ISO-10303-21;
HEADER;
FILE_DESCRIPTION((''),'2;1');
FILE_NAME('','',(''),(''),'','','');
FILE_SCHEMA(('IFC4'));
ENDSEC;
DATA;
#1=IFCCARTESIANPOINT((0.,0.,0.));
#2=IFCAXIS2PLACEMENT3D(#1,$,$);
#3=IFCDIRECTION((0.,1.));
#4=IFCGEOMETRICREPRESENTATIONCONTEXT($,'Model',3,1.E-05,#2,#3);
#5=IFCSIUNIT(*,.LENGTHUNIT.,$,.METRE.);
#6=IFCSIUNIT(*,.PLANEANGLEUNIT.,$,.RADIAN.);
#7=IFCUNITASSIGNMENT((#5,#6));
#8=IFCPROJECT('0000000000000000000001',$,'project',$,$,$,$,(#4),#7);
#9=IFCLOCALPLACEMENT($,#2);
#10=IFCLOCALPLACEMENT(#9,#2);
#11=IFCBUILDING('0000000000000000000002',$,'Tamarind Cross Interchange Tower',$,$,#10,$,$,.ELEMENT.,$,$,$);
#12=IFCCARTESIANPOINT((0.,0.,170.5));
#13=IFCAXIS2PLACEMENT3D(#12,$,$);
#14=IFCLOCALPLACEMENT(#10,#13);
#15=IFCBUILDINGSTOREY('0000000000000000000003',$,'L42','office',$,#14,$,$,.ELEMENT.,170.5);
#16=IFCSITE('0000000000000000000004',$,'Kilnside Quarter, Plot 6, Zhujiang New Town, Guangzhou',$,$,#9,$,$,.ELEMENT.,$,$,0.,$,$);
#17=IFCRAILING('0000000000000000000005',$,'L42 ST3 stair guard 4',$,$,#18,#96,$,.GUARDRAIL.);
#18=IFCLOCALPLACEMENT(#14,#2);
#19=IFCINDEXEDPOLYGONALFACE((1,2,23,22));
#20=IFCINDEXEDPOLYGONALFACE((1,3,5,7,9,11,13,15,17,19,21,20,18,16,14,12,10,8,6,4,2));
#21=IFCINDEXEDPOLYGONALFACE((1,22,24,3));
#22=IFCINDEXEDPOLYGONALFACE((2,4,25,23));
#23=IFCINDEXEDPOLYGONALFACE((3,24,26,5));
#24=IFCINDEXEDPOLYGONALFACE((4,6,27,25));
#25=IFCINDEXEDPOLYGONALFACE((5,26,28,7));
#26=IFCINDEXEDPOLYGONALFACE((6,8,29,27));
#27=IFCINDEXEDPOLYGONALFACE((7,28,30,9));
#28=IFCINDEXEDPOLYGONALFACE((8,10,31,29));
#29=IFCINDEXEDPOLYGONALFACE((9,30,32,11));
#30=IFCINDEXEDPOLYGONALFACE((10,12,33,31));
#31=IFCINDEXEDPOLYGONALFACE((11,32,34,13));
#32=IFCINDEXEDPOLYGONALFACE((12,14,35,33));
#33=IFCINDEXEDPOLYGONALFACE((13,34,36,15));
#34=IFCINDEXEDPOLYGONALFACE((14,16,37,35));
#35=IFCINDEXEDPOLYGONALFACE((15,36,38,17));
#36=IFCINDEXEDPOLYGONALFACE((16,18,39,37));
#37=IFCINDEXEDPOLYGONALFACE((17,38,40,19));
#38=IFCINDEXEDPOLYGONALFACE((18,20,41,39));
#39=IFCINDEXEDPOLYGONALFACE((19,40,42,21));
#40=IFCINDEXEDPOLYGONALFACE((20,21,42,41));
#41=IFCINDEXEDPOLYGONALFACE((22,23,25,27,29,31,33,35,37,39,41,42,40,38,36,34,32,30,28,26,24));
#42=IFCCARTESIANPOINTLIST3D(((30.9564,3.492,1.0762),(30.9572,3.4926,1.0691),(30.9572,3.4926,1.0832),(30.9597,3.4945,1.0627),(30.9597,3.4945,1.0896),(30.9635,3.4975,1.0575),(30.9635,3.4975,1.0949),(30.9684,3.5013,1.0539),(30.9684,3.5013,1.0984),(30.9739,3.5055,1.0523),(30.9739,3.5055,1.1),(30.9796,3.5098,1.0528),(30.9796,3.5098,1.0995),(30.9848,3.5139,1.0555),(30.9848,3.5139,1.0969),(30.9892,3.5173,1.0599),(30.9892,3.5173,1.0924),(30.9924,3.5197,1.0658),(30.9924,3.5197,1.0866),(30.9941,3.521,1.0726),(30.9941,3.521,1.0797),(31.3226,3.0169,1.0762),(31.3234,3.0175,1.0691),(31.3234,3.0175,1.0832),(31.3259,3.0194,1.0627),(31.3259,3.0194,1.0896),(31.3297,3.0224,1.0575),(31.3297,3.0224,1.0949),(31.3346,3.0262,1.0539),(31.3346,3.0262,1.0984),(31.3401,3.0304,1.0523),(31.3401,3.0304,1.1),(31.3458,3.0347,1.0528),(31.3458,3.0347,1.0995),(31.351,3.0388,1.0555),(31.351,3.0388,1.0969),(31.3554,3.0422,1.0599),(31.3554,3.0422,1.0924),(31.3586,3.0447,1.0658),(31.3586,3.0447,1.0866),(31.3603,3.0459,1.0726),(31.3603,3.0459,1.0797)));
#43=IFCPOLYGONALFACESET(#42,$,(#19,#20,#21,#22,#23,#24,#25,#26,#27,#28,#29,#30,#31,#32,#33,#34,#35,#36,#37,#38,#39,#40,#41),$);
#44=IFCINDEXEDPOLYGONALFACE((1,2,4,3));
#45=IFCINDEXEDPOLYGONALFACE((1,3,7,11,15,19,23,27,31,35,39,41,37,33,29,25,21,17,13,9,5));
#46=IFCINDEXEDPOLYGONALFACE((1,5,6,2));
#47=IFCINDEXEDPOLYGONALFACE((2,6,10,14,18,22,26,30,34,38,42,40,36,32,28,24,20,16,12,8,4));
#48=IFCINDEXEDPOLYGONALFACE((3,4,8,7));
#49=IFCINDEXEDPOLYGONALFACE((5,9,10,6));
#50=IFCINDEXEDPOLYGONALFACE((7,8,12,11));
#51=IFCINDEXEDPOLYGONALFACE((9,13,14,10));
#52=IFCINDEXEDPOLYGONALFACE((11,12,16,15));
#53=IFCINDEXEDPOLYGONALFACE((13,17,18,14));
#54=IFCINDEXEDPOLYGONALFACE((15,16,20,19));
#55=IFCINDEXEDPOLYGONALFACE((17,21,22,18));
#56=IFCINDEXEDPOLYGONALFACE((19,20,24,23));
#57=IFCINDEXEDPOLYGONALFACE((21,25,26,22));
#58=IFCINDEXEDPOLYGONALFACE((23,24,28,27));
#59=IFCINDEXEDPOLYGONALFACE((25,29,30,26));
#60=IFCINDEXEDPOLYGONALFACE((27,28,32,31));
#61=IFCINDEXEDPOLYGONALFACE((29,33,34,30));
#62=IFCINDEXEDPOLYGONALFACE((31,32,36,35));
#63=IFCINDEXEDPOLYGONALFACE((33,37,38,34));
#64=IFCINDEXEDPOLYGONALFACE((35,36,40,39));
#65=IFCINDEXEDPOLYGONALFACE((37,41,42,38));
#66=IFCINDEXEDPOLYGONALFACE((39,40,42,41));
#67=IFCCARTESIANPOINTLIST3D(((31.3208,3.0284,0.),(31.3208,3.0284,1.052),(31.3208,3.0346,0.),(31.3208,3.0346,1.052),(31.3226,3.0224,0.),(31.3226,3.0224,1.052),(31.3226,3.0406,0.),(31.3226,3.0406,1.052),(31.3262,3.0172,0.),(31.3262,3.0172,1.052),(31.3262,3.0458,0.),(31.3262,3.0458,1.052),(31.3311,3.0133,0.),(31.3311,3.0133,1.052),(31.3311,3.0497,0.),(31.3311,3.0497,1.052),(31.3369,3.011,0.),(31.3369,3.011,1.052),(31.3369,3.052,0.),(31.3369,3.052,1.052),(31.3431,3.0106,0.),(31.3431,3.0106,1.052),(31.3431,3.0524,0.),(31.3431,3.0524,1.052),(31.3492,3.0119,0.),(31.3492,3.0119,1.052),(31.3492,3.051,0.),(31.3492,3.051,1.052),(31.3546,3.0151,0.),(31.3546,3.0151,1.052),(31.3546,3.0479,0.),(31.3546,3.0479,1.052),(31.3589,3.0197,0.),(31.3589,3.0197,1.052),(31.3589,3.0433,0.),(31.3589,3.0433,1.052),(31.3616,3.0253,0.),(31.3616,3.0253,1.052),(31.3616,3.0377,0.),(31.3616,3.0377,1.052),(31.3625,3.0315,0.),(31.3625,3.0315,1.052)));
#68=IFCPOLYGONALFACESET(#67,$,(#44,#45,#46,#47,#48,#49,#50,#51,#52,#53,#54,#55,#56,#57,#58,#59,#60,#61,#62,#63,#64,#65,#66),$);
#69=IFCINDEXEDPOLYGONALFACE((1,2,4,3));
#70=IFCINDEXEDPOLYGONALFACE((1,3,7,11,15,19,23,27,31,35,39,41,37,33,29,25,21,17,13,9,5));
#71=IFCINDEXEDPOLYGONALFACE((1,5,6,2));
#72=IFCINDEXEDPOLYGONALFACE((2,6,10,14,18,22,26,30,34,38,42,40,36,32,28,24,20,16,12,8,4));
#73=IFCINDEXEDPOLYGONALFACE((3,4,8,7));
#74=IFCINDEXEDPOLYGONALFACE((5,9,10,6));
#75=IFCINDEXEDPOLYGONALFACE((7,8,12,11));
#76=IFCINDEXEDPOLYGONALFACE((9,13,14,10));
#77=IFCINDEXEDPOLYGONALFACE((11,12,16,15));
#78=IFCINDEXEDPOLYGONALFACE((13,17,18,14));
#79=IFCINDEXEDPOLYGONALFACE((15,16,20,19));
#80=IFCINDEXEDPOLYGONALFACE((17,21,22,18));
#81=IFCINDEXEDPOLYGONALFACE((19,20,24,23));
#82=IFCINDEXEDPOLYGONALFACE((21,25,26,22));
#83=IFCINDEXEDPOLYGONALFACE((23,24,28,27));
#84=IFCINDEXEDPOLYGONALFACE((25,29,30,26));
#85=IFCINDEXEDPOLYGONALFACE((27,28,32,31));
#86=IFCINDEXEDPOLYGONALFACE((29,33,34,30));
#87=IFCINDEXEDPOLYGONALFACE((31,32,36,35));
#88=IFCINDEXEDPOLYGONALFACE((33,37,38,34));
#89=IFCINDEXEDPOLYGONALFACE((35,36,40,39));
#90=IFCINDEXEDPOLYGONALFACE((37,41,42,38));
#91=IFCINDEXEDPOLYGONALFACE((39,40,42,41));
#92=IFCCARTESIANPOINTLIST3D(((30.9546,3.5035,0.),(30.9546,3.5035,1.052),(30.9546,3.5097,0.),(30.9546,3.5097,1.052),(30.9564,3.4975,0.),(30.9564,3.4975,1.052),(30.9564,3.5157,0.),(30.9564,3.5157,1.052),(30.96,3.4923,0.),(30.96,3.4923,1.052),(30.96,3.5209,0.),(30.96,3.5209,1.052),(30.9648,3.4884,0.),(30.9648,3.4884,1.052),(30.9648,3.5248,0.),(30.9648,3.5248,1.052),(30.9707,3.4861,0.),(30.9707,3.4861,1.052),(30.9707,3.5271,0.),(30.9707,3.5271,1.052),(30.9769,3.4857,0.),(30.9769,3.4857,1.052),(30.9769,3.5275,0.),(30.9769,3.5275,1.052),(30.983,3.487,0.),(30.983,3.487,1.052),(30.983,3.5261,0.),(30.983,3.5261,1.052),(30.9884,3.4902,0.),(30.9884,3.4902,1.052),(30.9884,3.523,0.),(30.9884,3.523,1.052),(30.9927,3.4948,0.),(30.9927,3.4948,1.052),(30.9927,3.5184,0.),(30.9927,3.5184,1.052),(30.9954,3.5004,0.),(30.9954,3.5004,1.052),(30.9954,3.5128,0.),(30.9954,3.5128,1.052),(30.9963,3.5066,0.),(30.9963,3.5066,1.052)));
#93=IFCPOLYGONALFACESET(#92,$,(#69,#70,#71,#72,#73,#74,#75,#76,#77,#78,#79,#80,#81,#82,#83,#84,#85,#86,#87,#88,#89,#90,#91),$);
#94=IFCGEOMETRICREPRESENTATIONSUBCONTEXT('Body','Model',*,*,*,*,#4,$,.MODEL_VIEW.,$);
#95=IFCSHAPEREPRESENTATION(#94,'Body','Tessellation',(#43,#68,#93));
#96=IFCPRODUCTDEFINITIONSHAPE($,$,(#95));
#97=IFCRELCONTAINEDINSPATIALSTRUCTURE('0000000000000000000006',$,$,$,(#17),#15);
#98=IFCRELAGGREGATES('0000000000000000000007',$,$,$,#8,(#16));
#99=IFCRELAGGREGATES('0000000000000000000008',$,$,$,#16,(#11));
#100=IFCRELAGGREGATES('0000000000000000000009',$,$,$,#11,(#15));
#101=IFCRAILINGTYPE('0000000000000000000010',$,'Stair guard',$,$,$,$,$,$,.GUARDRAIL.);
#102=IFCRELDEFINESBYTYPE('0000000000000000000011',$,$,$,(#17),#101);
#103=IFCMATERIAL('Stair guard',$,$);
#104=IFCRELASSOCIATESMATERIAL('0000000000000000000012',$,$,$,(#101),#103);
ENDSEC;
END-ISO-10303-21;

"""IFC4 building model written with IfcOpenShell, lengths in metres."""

from ifc_helpers import new_model, si_unit, direction, frame, origin, origin_2d, place, context, subcontext, project, spatial, circle, extrude, material, type_object, element, save


model = new_model("IFC4")

# Units and contexts
model_context = context("Model", 3, precision=1e-05, world=origin(), true_north=direction((0.0, 1.0)))
body_context = subcontext(model_context, "Body", "Model", "MODEL_VIEW")
ifc_project = project(units=[si_unit("LENGTHUNIT", "METRE"), si_unit("PLANEANGLEUNIT", "RADIAN")], contexts=[model_context])

# Site, building, storey
site_placement = place(None, origin())
site = spatial("IfcSite", under=ifc_project, at=site_placement, Name="Kilnside Quarter, Plot 6, Zhujiang New Town, Guangzhou", CompositionType="ELEMENT", RefElevation=0.0)
building_placement = place(site_placement, origin())
building = spatial("IfcBuilding", under=site, at=building_placement, Name="Tamarind Cross Interchange Tower", CompositionType="ELEMENT")
storey_placement = place(building_placement, frame((0.0, 0.0, 170.5)))
storey = spatial("IfcBuildingStorey", under=building, at=storey_placement, Name="L42", Description="office", CompositionType="ELEMENT", Elevation=170.5)

# Railing
ifc_material_1 = material(Name="Stair guard")
railing_type = type_object("IfcRailingType", Name="Stair guard", PredefinedType="GUARDRAIL", material=ifc_material_1)
railing_1_placement = place(storey_placement, frame((31.3416, 3.0315, 0.0)))
element("IfcRailing", 1, at=railing_1_placement, inside=storey, type_object=railing_type, Name="L42 ST3 stair guard 4", PredefinedType="GUARDRAIL", context=body_context, shape_type="SweptSolid", body=[
    extrude(circle(Radius=0.0239, at=origin_2d()), frame((0.0, 0.0, 1.0762), z_axis=(-0.610497, 0.792018, 0.0), x_axis=(-0.792018, -0.610497, 0.0)), (0.0, 0.0, 1.0), 0.5999),
    extrude(circle(Radius=0.021, at=origin_2d()), origin(), (0.0, 0.0, 1.0), 1.052),
    extrude(circle(Radius=0.021, at=origin_2d()), frame((-0.3662, 0.4751, 0.0)), (0.0, 0.0, 1.0), 1.052),
])

save(model, "model.ifc")
